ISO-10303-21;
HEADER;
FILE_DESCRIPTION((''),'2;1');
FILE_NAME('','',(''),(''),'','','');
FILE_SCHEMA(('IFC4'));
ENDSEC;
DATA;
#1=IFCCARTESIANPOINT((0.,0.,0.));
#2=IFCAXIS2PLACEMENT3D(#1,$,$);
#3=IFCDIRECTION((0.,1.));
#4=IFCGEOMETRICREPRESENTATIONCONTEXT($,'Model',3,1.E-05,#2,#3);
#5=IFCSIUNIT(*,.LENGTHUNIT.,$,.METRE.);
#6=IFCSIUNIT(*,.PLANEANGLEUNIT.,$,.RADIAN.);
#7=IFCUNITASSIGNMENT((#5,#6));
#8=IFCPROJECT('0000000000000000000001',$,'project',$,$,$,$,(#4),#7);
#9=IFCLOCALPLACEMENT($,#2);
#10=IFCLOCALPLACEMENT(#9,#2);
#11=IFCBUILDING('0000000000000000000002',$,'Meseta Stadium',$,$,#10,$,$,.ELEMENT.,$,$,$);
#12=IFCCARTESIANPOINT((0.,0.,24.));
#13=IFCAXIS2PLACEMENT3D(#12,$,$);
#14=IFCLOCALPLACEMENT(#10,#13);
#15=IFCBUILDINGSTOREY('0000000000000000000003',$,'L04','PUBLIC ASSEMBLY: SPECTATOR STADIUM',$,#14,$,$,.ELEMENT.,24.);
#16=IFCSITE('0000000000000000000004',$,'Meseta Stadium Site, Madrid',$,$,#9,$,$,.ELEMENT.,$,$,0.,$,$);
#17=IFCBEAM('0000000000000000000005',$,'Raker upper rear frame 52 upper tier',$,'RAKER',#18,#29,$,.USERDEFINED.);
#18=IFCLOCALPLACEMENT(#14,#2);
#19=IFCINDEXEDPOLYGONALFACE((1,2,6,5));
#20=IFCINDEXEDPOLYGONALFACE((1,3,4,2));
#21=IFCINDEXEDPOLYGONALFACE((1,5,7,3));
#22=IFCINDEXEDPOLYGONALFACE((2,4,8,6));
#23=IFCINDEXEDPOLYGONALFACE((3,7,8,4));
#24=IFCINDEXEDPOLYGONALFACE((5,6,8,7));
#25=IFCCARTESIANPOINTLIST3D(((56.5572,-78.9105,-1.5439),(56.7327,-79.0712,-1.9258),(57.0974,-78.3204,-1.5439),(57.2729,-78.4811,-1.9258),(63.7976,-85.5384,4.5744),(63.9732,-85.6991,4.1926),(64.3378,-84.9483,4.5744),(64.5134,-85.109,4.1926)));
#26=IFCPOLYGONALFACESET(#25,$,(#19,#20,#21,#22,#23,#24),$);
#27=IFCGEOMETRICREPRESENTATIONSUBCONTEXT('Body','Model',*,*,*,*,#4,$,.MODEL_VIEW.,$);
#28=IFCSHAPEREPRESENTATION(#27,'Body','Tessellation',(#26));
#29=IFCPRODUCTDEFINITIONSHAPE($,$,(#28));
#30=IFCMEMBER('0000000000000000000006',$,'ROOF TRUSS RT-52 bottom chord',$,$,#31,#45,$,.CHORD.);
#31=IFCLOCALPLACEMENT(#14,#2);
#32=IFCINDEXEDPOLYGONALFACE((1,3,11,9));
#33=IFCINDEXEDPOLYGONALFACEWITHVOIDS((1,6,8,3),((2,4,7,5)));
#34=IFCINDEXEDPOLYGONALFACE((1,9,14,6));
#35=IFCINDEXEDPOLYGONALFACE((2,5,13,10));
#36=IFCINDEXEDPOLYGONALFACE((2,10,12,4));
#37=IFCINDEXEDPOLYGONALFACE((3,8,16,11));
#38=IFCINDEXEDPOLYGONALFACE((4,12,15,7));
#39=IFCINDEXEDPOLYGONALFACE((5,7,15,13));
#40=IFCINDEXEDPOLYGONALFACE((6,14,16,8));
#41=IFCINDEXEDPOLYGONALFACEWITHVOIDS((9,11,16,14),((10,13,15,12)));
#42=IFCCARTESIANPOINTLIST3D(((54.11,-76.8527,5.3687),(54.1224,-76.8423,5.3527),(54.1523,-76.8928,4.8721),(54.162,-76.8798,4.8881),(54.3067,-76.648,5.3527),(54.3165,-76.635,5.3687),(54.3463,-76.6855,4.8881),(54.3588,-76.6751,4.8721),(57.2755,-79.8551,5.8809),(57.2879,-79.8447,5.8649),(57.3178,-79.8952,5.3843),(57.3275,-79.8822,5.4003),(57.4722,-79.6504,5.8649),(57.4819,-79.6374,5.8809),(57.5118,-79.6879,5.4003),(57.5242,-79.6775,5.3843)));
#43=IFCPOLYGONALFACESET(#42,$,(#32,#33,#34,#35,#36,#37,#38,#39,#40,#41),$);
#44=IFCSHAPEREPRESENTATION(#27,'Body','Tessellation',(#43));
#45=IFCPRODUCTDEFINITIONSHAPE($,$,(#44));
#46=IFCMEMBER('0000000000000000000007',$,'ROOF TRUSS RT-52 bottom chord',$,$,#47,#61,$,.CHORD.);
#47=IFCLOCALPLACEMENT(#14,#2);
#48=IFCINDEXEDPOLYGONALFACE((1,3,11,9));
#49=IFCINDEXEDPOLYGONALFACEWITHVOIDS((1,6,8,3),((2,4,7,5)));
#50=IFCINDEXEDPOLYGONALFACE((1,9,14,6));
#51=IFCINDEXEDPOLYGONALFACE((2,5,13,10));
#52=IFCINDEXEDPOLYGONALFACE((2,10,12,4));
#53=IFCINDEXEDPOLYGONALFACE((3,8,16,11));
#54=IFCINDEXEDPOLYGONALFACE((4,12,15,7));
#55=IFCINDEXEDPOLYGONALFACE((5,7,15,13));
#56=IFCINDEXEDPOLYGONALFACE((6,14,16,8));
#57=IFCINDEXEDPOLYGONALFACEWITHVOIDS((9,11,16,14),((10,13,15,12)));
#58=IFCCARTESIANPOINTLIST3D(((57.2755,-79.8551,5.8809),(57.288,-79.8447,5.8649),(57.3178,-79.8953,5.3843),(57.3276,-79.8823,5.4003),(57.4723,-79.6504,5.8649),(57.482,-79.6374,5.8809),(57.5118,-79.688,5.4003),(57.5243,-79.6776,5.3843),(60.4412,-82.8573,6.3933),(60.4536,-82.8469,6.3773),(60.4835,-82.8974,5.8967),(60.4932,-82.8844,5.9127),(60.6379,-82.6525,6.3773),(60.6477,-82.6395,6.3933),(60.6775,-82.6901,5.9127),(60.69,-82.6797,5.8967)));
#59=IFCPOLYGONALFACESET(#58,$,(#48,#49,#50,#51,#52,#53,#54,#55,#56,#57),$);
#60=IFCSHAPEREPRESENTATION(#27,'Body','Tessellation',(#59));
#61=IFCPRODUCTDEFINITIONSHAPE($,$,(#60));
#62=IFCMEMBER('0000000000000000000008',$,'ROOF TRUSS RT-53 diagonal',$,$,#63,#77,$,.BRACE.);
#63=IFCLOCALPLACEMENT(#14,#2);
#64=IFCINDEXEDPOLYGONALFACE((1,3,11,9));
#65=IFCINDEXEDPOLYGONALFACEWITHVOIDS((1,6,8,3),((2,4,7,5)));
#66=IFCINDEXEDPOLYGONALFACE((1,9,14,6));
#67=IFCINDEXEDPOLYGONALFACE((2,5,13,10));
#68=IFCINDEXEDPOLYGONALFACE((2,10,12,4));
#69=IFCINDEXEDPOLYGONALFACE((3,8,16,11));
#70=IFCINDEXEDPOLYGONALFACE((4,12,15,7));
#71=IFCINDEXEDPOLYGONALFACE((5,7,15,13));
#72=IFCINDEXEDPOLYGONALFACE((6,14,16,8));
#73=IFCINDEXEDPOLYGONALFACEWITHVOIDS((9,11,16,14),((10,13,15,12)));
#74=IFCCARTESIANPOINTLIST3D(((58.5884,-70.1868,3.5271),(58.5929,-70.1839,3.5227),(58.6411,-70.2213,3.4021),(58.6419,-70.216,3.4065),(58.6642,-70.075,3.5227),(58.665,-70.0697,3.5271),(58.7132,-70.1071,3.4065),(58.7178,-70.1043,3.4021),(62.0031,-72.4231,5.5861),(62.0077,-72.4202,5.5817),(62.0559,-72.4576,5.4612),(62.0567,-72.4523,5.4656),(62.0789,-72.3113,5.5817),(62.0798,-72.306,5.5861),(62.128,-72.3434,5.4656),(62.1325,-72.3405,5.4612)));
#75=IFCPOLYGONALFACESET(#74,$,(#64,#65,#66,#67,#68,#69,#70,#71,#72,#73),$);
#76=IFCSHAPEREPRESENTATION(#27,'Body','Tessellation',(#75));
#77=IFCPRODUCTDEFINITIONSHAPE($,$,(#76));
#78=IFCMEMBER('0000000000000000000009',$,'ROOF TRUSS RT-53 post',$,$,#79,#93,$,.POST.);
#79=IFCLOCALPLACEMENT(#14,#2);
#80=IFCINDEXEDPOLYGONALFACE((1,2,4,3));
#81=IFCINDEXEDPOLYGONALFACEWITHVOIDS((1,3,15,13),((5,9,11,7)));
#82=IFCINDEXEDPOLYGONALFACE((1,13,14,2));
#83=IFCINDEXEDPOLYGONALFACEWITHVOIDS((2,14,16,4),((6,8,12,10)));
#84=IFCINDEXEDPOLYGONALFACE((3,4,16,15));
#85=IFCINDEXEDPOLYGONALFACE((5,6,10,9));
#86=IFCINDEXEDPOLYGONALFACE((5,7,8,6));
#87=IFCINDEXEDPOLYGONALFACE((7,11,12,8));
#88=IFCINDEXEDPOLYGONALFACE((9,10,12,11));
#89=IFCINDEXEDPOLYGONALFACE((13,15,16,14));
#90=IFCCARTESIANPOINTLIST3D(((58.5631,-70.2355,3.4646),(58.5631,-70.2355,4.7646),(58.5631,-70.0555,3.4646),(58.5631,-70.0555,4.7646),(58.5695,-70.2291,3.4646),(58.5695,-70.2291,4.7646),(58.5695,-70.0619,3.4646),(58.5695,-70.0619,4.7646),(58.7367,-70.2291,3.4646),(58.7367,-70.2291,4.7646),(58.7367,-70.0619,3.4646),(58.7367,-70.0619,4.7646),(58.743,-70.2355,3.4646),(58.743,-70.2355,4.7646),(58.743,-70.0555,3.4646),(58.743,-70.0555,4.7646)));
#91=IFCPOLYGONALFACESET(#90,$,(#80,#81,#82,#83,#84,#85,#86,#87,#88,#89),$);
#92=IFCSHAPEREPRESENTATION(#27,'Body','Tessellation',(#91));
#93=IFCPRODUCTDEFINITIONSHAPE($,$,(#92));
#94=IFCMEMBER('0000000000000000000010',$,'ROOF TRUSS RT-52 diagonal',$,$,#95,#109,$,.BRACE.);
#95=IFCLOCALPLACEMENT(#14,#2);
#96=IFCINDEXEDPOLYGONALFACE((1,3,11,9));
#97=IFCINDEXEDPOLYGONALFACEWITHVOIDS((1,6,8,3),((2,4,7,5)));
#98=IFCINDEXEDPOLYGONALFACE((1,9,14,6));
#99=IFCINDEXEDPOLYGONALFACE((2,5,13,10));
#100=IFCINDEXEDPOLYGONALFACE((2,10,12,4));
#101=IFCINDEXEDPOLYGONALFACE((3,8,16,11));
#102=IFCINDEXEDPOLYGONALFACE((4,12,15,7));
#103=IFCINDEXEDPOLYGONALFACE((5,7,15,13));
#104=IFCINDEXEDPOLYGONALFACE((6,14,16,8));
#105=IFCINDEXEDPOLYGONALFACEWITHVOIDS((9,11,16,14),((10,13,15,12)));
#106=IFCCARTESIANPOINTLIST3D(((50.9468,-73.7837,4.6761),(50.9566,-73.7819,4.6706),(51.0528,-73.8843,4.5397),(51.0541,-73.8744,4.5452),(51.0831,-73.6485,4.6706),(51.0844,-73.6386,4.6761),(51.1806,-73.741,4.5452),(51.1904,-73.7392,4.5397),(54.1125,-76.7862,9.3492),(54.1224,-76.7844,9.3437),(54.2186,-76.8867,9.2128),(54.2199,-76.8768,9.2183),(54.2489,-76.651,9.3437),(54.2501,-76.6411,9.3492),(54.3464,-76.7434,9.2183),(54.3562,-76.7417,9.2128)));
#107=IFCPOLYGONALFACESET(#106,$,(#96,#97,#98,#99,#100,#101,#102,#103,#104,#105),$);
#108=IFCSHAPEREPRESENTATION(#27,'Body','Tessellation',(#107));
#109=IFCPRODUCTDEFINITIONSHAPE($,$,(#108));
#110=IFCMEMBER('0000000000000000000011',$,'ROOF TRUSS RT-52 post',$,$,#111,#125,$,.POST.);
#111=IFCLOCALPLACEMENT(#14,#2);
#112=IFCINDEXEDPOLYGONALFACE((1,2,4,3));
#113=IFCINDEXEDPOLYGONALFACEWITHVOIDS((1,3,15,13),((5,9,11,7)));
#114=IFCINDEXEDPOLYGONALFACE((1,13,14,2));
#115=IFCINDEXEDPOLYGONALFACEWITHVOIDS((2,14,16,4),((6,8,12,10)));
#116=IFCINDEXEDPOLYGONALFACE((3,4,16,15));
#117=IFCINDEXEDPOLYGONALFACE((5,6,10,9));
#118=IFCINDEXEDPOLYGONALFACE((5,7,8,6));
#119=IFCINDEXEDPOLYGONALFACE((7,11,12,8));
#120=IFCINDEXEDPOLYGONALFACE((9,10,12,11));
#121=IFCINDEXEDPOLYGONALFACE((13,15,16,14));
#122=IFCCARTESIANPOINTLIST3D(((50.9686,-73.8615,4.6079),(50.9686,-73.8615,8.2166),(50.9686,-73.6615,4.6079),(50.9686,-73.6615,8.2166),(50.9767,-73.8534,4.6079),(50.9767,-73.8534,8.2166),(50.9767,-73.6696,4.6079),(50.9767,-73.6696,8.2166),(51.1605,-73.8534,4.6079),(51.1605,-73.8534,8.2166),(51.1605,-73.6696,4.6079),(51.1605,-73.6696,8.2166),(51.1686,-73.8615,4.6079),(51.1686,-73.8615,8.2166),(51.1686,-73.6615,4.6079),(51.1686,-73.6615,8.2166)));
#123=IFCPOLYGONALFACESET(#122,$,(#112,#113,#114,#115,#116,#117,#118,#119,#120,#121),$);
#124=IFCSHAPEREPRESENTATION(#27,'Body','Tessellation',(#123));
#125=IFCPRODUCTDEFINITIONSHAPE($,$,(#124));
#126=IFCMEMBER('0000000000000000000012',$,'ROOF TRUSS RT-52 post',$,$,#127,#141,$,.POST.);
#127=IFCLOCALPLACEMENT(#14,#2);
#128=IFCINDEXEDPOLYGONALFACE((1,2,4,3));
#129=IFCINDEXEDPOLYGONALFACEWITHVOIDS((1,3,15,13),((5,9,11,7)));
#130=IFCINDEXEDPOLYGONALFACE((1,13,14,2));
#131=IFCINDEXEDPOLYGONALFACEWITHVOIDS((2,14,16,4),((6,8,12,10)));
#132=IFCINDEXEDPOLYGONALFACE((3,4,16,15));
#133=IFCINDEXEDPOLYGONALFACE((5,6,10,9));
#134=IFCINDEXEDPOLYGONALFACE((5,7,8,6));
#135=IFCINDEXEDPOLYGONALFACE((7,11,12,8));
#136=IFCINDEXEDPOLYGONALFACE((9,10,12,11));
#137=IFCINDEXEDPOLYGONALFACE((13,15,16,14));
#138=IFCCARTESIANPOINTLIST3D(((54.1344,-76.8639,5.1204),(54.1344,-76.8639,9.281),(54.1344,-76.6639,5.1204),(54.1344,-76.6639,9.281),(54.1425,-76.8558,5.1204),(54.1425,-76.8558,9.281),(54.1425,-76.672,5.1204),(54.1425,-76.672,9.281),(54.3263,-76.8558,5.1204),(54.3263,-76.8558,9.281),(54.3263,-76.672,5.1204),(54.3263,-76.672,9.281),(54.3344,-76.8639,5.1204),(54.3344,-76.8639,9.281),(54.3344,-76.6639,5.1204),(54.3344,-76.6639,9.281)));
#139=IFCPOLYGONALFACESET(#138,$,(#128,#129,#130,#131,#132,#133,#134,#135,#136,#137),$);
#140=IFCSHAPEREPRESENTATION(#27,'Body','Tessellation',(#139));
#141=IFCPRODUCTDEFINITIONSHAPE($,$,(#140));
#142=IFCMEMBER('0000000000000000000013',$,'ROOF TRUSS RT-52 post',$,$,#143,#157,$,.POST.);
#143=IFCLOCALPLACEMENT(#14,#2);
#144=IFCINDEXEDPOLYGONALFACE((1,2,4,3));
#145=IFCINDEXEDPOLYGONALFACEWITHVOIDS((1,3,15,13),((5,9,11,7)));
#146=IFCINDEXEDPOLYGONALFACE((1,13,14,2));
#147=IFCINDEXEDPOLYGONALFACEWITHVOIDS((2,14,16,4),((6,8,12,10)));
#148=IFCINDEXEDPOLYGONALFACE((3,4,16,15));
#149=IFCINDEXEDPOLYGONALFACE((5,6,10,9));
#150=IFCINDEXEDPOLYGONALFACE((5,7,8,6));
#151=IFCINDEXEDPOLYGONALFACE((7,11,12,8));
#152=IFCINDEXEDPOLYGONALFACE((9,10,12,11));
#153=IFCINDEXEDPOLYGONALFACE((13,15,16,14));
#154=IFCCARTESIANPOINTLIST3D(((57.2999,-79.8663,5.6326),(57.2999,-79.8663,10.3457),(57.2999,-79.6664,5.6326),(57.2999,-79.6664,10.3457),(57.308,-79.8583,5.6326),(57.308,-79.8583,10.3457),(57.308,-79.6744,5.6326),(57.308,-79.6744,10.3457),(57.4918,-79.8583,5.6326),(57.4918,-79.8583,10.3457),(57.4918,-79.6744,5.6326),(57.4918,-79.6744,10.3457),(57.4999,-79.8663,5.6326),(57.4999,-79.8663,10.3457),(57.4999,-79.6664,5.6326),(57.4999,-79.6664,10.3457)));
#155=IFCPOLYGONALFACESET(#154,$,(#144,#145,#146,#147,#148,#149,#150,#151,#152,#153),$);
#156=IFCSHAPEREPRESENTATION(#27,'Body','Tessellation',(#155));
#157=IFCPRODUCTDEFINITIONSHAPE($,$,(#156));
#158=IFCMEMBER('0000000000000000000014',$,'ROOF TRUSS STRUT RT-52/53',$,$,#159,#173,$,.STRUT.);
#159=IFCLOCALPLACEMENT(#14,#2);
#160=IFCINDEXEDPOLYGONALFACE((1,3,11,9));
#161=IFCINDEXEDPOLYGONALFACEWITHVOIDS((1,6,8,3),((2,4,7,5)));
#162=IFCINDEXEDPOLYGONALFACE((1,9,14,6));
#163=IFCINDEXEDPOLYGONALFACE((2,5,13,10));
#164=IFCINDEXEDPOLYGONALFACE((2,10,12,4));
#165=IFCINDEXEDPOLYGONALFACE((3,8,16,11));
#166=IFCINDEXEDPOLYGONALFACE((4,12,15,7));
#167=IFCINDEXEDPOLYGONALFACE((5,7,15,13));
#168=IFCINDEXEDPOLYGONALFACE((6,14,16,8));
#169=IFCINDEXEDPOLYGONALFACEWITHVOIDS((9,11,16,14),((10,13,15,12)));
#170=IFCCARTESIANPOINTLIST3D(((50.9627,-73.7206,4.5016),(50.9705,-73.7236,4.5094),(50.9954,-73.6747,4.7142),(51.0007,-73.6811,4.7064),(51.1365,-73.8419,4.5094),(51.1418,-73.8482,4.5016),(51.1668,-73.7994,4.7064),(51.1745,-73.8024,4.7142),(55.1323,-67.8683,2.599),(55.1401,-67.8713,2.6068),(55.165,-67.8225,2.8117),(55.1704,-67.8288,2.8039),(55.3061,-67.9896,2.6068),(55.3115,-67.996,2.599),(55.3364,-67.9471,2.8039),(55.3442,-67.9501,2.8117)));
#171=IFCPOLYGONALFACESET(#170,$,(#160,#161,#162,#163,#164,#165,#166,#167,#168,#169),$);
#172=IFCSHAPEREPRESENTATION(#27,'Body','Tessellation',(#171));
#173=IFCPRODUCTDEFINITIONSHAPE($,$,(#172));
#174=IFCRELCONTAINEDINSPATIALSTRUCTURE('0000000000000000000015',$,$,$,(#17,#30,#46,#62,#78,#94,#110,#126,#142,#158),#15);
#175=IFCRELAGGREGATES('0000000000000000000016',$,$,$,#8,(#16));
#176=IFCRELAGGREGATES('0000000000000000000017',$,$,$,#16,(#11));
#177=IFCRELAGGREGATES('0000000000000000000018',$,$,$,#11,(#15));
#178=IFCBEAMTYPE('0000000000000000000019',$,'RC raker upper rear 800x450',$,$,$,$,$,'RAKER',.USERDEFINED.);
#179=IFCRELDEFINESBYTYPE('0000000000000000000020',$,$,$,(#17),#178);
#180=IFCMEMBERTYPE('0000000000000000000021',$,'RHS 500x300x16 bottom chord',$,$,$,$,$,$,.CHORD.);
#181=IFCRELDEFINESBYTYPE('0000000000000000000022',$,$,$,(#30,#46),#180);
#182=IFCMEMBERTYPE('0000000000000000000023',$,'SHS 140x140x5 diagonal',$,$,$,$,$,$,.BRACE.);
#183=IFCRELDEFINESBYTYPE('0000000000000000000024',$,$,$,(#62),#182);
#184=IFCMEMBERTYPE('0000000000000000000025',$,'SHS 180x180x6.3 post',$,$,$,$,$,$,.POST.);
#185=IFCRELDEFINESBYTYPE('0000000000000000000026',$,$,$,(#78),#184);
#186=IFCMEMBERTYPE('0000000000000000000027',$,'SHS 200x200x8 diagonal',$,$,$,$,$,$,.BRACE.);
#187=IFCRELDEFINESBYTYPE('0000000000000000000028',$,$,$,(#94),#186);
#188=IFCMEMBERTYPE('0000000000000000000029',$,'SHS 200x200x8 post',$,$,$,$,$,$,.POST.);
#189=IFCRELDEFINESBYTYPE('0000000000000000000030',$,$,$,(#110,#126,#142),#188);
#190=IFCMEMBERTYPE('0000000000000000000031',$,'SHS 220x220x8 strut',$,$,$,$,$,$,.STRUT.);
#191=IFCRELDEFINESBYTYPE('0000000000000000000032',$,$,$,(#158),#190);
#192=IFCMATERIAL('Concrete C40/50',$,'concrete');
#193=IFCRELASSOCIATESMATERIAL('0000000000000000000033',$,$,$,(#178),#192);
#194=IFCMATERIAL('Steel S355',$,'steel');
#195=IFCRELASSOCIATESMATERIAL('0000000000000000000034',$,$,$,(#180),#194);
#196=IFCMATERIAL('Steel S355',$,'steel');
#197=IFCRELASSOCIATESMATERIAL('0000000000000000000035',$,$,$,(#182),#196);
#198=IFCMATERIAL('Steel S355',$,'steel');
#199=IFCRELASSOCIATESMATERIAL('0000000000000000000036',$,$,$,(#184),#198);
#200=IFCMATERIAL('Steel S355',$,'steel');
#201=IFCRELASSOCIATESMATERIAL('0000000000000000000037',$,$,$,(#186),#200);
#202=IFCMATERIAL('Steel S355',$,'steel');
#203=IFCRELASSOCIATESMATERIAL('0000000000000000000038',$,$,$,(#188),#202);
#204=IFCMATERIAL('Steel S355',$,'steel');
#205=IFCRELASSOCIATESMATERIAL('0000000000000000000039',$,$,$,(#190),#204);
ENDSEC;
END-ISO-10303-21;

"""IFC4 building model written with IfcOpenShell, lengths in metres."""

from ifc_helpers import new_model, si_unit, direction, frame, origin, origin_2d, place, context, subcontext, project, spatial, rectangle, hollow_rectangle, extrude, material, material_profile, profile_set, type_object, element, save


model = new_model("IFC4")

# Units and contexts
model_context = context("Model", 3, precision=1e-05, world=origin(), true_north=direction((0.0, 1.0)))
body_context = subcontext(model_context, "Body", "Model", "MODEL_VIEW")
ifc_project = project(units=[si_unit("LENGTHUNIT", "METRE"), si_unit("PLANEANGLEUNIT", "RADIAN")], contexts=[model_context])

# Site, building, storey
site_placement = place(None, origin())
site = spatial("IfcSite", under=ifc_project, at=site_placement, Name="Meseta Stadium Site, Madrid", CompositionType="ELEMENT", RefElevation=0.0)
building_placement = place(site_placement, origin())
building = spatial("IfcBuilding", under=site, at=building_placement, Name="Meseta Stadium", CompositionType="ELEMENT")
storey_placement = place(building_placement, frame((0.0, 0.0, 24.0)))
storey = spatial("IfcBuildingStorey", under=building, at=storey_placement, Name="L04", Description="PUBLIC ASSEMBLY: SPECTATOR STADIUM", CompositionType="ELEMENT", Elevation=24.0)

# Beam
ifc_material_1 = material(Name="Concrete C40/50", Category="concrete")
ifc_material_profile_1 = material_profile(ifc_material_1, rectangle(XDim=0.8, YDim=0.45, at=origin_2d()), Name="RC 800x450")
ifc_profile_set_1 = profile_set([ifc_material_profile_1], Name="Concrete C40/50")
beam_type = type_object("IfcBeamType", Name="RC raker upper rear 800x450", ElementType="RAKER", PredefinedType="USERDEFINED", material=ifc_profile_set_1)
beam_placement = place(storey_placement, frame((56.915, -78.6958, -1.7349), z_axis=(0.625975, -0.573017, 0.528967), x_axis=(0.675217, 0.73762, 0.0)))
element("IfcBeam", 1, at=beam_placement, inside=storey, type_object=beam_type, Name="Raker upper rear frame 52 upper tier", ObjectType="RAKER", PredefinedType="USERDEFINED", context=body_context, shape_type="SweptSolid", body=[
    extrude(rectangle(XDim=0.8, YDim=0.45, at=origin_2d()), origin(), (0.0, 0.0, 1.0), 11.5667),
])

# Members
ifc_material_2 = material(Name="Steel S355", Category="steel")
ifc_material_profile_2 = material_profile(ifc_material_2, hollow_rectangle(XDim=0.3, YDim=0.5, WallThickness=0.0161, at=origin_2d()), Name="RHS 500x300x16")
ifc_profile_set_2 = profile_set([ifc_material_profile_2], Name="Steel S355")
member_type_1 = type_object("IfcMemberType", Name="RHS 500x300x16 bottom chord", PredefinedType="CHORD", material=ifc_profile_set_2)
for number, where, z_axis, x_axis, name in (
    (2, (54.2344, -76.7639, 5.1204), (0.720601, -0.683476, 0.116599), (0.68817, 0.72555, 0.0), "ROOF TRUSS RT-52 bottom chord"),
    (3, (57.3999, -79.7664, 5.6326), (0.72065, -0.683414, 0.116653), (0.688112, 0.725604, 0.0), "ROOF TRUSS RT-52 bottom chord"),
):
    element("IfcMember", number, at=place(storey_placement, frame(where, z_axis=z_axis, x_axis=x_axis)), inside=storey, type_object=member_type_1, Name=name, PredefinedType="CHORD", context=body_context, shape_type="SweptSolid", body=[
        extrude(hollow_rectangle(XDim=0.3, YDim=0.5, WallThickness=0.0161, at=origin_2d()), origin(), (0.0, 0.0, 1.0), 4.3928),
    ])
ifc_material_3 = material(Name="Steel S355", Category="steel")
ifc_material_profile_3 = material_profile(ifc_material_3, hollow_rectangle(XDim=0.1399, YDim=0.1399, WallThickness=0.0049, at=origin_2d()), Name="SHS 140x140x5")
ifc_profile_set_3 = profile_set([ifc_material_profile_3], Name="Steel S355")
member_type_2 = type_object("IfcMemberType", Name="SHS 140x140x5 diagonal", PredefinedType="BRACE", material=ifc_profile_set_3)
member_1_placement = place(storey_placement, frame((58.6531, -70.1455, 3.4646), z_axis=(0.746918, -0.489152, 0.450383), x_axis=(0.547863, 0.836568, 0.0)))
element("IfcMember", 4, at=member_1_placement, inside=storey, type_object=member_type_2, Name="ROOF TRUSS RT-53 diagonal", PredefinedType="BRACE", context=body_context, shape_type="SweptSolid", body=[
    extrude(hollow_rectangle(XDim=0.1399, YDim=0.1399, WallThickness=0.0049, at=origin_2d()), origin(), (0.0, 0.0, 1.0), 4.5718),
])
ifc_material_4 = material(Name="Steel S355", Category="steel")
ifc_material_profile_4 = material_profile(ifc_material_4, hollow_rectangle(XDim=0.1799, YDim=0.1799, WallThickness=0.0063, at=origin_2d()), Name="SHS 180x180x6.3")
ifc_profile_set_4 = profile_set([ifc_material_profile_4], Name="Steel S355")
member_type_3 = type_object("IfcMemberType", Name="SHS 180x180x6.3 post", PredefinedType="POST", material=ifc_profile_set_4)
member_2_placement = place(storey_placement, frame((58.6531, -70.1455, 3.4646), z_axis=(0.0, 0.0, 1.0), x_axis=(1.0, 0.0, 0.0)))
element("IfcMember", 5, at=member_2_placement, inside=storey, type_object=member_type_3, Name="ROOF TRUSS RT-53 post", PredefinedType="POST", context=body_context, shape_type="SweptSolid", body=[
    extrude(hollow_rectangle(XDim=0.1799, YDim=0.1799, WallThickness=0.0063, at=origin_2d()), origin(), (0.0, 0.0, 1.0), 1.3),
])
ifc_material_5 = material(Name="Steel S355", Category="steel")
ifc_material_profile_5 = material_profile(ifc_material_5, hollow_rectangle(XDim=0.2, YDim=0.2, WallThickness=0.0081, at=origin_2d()), Name="SHS 200x200x8")
ifc_profile_set_5 = profile_set([ifc_material_profile_5], Name="Steel S355")
member_type_4 = type_object("IfcMemberType", Name="SHS 200x200x8 diagonal", PredefinedType="BRACE", material=ifc_profile_set_5)
member_3_placement = place(storey_placement, frame((51.0686, -73.7615, 4.6079), z_axis=(0.495168, -0.469621, 0.730934), x_axis=(0.688142, 0.725576, 0.0)))
element("IfcMember", 6, at=member_3_placement, inside=storey, type_object=member_type_4, Name="ROOF TRUSS RT-52 diagonal", PredefinedType="BRACE", context=body_context, shape_type="SweptSolid", body=[
    extrude(hollow_rectangle(XDim=0.2, YDim=0.2, WallThickness=0.0081, at=origin_2d()), origin(), (0.0, 0.0, 1.0), 6.3933),
])
ifc_material_6 = material(Name="Steel S355", Category="steel")
ifc_material_profile_6 = material_profile(ifc_material_6, hollow_rectangle(XDim=0.2, YDim=0.2, WallThickness=0.0081, at=origin_2d()), Name="SHS 200x200x8")
ifc_profile_set_6 = profile_set([ifc_material_profile_6], Name="Steel S355")
member_type_5 = type_object("IfcMemberType", Name="SHS 200x200x8 post", PredefinedType="POST", material=ifc_profile_set_6)
member_4_placement = place(storey_placement, frame((51.0686, -73.7615, 4.6079), z_axis=(0.0, 0.0, 1.0), x_axis=(1.0, 0.0, 0.0)))
element("IfcMember", 7, at=member_4_placement, inside=storey, type_object=member_type_5, Name="ROOF TRUSS RT-52 post", PredefinedType="POST", context=body_context, shape_type="SweptSolid", body=[
    extrude(hollow_rectangle(XDim=0.2, YDim=0.2, WallThickness=0.0081, at=origin_2d()), origin(), (0.0, 0.0, 1.0), 3.6086),
])
member_5_placement = place(storey_placement, frame((54.2344, -76.7639, 5.1204), z_axis=(0.0, 0.0, 1.0), x_axis=(1.0, 0.0, 0.0)))
element("IfcMember", 8, at=member_5_placement, inside=storey, type_object=member_type_5, Name="ROOF TRUSS RT-52 post", PredefinedType="POST", context=body_context, shape_type="SweptSolid", body=[
    extrude(hollow_rectangle(XDim=0.2, YDim=0.2, WallThickness=0.0081, at=origin_2d()), origin(), (0.0, 0.0, 1.0), 4.1606),
])
member_6_placement = place(storey_placement, frame((57.3999, -79.7664, 5.6326), z_axis=(0.0, 0.0, 1.0), x_axis=(1.0, 0.0, 0.0)))
element("IfcMember", 9, at=member_6_placement, inside=storey, type_object=member_type_5, Name="ROOF TRUSS RT-52 post", PredefinedType="POST", context=body_context, shape_type="SweptSolid", body=[
    extrude(hollow_rectangle(XDim=0.2, YDim=0.2, WallThickness=0.0081, at=origin_2d()), origin(), (0.0, 0.0, 1.0), 4.7131),
])
ifc_material_7 = material(Name="Steel S355", Category="steel")
ifc_material_profile_7 = material_profile(ifc_material_7, hollow_rectangle(XDim=0.22, YDim=0.22, WallThickness=0.0081, at=origin_2d()), Name="SHS 220x220x8")
ifc_profile_set_7 = profile_set([ifc_material_profile_7], Name="Steel S355")
member_type_6 = type_object("IfcMemberType", Name="SHS 220x220x8 strut", PredefinedType="STRUT", material=ifc_profile_set_7)
member_7_placement = place(storey_placement, frame((51.0686, -73.7615, 4.6079), z_axis=(0.560938, 0.787297, -0.255951), x_axis=(-0.814426, 0.580267, 0.0)))
element("IfcMember", 10, at=member_7_placement, inside=storey, type_object=member_type_6, Name="ROOF TRUSS STRUT RT-52/53", PredefinedType="STRUT", context=body_context, shape_type="SweptSolid", body=[
    extrude(hollow_rectangle(XDim=0.22, YDim=0.22, WallThickness=0.0081, at=origin_2d()), origin(), (0.0, 0.0, 1.0), 7.4333),
])

save(model, "model.ifc")
